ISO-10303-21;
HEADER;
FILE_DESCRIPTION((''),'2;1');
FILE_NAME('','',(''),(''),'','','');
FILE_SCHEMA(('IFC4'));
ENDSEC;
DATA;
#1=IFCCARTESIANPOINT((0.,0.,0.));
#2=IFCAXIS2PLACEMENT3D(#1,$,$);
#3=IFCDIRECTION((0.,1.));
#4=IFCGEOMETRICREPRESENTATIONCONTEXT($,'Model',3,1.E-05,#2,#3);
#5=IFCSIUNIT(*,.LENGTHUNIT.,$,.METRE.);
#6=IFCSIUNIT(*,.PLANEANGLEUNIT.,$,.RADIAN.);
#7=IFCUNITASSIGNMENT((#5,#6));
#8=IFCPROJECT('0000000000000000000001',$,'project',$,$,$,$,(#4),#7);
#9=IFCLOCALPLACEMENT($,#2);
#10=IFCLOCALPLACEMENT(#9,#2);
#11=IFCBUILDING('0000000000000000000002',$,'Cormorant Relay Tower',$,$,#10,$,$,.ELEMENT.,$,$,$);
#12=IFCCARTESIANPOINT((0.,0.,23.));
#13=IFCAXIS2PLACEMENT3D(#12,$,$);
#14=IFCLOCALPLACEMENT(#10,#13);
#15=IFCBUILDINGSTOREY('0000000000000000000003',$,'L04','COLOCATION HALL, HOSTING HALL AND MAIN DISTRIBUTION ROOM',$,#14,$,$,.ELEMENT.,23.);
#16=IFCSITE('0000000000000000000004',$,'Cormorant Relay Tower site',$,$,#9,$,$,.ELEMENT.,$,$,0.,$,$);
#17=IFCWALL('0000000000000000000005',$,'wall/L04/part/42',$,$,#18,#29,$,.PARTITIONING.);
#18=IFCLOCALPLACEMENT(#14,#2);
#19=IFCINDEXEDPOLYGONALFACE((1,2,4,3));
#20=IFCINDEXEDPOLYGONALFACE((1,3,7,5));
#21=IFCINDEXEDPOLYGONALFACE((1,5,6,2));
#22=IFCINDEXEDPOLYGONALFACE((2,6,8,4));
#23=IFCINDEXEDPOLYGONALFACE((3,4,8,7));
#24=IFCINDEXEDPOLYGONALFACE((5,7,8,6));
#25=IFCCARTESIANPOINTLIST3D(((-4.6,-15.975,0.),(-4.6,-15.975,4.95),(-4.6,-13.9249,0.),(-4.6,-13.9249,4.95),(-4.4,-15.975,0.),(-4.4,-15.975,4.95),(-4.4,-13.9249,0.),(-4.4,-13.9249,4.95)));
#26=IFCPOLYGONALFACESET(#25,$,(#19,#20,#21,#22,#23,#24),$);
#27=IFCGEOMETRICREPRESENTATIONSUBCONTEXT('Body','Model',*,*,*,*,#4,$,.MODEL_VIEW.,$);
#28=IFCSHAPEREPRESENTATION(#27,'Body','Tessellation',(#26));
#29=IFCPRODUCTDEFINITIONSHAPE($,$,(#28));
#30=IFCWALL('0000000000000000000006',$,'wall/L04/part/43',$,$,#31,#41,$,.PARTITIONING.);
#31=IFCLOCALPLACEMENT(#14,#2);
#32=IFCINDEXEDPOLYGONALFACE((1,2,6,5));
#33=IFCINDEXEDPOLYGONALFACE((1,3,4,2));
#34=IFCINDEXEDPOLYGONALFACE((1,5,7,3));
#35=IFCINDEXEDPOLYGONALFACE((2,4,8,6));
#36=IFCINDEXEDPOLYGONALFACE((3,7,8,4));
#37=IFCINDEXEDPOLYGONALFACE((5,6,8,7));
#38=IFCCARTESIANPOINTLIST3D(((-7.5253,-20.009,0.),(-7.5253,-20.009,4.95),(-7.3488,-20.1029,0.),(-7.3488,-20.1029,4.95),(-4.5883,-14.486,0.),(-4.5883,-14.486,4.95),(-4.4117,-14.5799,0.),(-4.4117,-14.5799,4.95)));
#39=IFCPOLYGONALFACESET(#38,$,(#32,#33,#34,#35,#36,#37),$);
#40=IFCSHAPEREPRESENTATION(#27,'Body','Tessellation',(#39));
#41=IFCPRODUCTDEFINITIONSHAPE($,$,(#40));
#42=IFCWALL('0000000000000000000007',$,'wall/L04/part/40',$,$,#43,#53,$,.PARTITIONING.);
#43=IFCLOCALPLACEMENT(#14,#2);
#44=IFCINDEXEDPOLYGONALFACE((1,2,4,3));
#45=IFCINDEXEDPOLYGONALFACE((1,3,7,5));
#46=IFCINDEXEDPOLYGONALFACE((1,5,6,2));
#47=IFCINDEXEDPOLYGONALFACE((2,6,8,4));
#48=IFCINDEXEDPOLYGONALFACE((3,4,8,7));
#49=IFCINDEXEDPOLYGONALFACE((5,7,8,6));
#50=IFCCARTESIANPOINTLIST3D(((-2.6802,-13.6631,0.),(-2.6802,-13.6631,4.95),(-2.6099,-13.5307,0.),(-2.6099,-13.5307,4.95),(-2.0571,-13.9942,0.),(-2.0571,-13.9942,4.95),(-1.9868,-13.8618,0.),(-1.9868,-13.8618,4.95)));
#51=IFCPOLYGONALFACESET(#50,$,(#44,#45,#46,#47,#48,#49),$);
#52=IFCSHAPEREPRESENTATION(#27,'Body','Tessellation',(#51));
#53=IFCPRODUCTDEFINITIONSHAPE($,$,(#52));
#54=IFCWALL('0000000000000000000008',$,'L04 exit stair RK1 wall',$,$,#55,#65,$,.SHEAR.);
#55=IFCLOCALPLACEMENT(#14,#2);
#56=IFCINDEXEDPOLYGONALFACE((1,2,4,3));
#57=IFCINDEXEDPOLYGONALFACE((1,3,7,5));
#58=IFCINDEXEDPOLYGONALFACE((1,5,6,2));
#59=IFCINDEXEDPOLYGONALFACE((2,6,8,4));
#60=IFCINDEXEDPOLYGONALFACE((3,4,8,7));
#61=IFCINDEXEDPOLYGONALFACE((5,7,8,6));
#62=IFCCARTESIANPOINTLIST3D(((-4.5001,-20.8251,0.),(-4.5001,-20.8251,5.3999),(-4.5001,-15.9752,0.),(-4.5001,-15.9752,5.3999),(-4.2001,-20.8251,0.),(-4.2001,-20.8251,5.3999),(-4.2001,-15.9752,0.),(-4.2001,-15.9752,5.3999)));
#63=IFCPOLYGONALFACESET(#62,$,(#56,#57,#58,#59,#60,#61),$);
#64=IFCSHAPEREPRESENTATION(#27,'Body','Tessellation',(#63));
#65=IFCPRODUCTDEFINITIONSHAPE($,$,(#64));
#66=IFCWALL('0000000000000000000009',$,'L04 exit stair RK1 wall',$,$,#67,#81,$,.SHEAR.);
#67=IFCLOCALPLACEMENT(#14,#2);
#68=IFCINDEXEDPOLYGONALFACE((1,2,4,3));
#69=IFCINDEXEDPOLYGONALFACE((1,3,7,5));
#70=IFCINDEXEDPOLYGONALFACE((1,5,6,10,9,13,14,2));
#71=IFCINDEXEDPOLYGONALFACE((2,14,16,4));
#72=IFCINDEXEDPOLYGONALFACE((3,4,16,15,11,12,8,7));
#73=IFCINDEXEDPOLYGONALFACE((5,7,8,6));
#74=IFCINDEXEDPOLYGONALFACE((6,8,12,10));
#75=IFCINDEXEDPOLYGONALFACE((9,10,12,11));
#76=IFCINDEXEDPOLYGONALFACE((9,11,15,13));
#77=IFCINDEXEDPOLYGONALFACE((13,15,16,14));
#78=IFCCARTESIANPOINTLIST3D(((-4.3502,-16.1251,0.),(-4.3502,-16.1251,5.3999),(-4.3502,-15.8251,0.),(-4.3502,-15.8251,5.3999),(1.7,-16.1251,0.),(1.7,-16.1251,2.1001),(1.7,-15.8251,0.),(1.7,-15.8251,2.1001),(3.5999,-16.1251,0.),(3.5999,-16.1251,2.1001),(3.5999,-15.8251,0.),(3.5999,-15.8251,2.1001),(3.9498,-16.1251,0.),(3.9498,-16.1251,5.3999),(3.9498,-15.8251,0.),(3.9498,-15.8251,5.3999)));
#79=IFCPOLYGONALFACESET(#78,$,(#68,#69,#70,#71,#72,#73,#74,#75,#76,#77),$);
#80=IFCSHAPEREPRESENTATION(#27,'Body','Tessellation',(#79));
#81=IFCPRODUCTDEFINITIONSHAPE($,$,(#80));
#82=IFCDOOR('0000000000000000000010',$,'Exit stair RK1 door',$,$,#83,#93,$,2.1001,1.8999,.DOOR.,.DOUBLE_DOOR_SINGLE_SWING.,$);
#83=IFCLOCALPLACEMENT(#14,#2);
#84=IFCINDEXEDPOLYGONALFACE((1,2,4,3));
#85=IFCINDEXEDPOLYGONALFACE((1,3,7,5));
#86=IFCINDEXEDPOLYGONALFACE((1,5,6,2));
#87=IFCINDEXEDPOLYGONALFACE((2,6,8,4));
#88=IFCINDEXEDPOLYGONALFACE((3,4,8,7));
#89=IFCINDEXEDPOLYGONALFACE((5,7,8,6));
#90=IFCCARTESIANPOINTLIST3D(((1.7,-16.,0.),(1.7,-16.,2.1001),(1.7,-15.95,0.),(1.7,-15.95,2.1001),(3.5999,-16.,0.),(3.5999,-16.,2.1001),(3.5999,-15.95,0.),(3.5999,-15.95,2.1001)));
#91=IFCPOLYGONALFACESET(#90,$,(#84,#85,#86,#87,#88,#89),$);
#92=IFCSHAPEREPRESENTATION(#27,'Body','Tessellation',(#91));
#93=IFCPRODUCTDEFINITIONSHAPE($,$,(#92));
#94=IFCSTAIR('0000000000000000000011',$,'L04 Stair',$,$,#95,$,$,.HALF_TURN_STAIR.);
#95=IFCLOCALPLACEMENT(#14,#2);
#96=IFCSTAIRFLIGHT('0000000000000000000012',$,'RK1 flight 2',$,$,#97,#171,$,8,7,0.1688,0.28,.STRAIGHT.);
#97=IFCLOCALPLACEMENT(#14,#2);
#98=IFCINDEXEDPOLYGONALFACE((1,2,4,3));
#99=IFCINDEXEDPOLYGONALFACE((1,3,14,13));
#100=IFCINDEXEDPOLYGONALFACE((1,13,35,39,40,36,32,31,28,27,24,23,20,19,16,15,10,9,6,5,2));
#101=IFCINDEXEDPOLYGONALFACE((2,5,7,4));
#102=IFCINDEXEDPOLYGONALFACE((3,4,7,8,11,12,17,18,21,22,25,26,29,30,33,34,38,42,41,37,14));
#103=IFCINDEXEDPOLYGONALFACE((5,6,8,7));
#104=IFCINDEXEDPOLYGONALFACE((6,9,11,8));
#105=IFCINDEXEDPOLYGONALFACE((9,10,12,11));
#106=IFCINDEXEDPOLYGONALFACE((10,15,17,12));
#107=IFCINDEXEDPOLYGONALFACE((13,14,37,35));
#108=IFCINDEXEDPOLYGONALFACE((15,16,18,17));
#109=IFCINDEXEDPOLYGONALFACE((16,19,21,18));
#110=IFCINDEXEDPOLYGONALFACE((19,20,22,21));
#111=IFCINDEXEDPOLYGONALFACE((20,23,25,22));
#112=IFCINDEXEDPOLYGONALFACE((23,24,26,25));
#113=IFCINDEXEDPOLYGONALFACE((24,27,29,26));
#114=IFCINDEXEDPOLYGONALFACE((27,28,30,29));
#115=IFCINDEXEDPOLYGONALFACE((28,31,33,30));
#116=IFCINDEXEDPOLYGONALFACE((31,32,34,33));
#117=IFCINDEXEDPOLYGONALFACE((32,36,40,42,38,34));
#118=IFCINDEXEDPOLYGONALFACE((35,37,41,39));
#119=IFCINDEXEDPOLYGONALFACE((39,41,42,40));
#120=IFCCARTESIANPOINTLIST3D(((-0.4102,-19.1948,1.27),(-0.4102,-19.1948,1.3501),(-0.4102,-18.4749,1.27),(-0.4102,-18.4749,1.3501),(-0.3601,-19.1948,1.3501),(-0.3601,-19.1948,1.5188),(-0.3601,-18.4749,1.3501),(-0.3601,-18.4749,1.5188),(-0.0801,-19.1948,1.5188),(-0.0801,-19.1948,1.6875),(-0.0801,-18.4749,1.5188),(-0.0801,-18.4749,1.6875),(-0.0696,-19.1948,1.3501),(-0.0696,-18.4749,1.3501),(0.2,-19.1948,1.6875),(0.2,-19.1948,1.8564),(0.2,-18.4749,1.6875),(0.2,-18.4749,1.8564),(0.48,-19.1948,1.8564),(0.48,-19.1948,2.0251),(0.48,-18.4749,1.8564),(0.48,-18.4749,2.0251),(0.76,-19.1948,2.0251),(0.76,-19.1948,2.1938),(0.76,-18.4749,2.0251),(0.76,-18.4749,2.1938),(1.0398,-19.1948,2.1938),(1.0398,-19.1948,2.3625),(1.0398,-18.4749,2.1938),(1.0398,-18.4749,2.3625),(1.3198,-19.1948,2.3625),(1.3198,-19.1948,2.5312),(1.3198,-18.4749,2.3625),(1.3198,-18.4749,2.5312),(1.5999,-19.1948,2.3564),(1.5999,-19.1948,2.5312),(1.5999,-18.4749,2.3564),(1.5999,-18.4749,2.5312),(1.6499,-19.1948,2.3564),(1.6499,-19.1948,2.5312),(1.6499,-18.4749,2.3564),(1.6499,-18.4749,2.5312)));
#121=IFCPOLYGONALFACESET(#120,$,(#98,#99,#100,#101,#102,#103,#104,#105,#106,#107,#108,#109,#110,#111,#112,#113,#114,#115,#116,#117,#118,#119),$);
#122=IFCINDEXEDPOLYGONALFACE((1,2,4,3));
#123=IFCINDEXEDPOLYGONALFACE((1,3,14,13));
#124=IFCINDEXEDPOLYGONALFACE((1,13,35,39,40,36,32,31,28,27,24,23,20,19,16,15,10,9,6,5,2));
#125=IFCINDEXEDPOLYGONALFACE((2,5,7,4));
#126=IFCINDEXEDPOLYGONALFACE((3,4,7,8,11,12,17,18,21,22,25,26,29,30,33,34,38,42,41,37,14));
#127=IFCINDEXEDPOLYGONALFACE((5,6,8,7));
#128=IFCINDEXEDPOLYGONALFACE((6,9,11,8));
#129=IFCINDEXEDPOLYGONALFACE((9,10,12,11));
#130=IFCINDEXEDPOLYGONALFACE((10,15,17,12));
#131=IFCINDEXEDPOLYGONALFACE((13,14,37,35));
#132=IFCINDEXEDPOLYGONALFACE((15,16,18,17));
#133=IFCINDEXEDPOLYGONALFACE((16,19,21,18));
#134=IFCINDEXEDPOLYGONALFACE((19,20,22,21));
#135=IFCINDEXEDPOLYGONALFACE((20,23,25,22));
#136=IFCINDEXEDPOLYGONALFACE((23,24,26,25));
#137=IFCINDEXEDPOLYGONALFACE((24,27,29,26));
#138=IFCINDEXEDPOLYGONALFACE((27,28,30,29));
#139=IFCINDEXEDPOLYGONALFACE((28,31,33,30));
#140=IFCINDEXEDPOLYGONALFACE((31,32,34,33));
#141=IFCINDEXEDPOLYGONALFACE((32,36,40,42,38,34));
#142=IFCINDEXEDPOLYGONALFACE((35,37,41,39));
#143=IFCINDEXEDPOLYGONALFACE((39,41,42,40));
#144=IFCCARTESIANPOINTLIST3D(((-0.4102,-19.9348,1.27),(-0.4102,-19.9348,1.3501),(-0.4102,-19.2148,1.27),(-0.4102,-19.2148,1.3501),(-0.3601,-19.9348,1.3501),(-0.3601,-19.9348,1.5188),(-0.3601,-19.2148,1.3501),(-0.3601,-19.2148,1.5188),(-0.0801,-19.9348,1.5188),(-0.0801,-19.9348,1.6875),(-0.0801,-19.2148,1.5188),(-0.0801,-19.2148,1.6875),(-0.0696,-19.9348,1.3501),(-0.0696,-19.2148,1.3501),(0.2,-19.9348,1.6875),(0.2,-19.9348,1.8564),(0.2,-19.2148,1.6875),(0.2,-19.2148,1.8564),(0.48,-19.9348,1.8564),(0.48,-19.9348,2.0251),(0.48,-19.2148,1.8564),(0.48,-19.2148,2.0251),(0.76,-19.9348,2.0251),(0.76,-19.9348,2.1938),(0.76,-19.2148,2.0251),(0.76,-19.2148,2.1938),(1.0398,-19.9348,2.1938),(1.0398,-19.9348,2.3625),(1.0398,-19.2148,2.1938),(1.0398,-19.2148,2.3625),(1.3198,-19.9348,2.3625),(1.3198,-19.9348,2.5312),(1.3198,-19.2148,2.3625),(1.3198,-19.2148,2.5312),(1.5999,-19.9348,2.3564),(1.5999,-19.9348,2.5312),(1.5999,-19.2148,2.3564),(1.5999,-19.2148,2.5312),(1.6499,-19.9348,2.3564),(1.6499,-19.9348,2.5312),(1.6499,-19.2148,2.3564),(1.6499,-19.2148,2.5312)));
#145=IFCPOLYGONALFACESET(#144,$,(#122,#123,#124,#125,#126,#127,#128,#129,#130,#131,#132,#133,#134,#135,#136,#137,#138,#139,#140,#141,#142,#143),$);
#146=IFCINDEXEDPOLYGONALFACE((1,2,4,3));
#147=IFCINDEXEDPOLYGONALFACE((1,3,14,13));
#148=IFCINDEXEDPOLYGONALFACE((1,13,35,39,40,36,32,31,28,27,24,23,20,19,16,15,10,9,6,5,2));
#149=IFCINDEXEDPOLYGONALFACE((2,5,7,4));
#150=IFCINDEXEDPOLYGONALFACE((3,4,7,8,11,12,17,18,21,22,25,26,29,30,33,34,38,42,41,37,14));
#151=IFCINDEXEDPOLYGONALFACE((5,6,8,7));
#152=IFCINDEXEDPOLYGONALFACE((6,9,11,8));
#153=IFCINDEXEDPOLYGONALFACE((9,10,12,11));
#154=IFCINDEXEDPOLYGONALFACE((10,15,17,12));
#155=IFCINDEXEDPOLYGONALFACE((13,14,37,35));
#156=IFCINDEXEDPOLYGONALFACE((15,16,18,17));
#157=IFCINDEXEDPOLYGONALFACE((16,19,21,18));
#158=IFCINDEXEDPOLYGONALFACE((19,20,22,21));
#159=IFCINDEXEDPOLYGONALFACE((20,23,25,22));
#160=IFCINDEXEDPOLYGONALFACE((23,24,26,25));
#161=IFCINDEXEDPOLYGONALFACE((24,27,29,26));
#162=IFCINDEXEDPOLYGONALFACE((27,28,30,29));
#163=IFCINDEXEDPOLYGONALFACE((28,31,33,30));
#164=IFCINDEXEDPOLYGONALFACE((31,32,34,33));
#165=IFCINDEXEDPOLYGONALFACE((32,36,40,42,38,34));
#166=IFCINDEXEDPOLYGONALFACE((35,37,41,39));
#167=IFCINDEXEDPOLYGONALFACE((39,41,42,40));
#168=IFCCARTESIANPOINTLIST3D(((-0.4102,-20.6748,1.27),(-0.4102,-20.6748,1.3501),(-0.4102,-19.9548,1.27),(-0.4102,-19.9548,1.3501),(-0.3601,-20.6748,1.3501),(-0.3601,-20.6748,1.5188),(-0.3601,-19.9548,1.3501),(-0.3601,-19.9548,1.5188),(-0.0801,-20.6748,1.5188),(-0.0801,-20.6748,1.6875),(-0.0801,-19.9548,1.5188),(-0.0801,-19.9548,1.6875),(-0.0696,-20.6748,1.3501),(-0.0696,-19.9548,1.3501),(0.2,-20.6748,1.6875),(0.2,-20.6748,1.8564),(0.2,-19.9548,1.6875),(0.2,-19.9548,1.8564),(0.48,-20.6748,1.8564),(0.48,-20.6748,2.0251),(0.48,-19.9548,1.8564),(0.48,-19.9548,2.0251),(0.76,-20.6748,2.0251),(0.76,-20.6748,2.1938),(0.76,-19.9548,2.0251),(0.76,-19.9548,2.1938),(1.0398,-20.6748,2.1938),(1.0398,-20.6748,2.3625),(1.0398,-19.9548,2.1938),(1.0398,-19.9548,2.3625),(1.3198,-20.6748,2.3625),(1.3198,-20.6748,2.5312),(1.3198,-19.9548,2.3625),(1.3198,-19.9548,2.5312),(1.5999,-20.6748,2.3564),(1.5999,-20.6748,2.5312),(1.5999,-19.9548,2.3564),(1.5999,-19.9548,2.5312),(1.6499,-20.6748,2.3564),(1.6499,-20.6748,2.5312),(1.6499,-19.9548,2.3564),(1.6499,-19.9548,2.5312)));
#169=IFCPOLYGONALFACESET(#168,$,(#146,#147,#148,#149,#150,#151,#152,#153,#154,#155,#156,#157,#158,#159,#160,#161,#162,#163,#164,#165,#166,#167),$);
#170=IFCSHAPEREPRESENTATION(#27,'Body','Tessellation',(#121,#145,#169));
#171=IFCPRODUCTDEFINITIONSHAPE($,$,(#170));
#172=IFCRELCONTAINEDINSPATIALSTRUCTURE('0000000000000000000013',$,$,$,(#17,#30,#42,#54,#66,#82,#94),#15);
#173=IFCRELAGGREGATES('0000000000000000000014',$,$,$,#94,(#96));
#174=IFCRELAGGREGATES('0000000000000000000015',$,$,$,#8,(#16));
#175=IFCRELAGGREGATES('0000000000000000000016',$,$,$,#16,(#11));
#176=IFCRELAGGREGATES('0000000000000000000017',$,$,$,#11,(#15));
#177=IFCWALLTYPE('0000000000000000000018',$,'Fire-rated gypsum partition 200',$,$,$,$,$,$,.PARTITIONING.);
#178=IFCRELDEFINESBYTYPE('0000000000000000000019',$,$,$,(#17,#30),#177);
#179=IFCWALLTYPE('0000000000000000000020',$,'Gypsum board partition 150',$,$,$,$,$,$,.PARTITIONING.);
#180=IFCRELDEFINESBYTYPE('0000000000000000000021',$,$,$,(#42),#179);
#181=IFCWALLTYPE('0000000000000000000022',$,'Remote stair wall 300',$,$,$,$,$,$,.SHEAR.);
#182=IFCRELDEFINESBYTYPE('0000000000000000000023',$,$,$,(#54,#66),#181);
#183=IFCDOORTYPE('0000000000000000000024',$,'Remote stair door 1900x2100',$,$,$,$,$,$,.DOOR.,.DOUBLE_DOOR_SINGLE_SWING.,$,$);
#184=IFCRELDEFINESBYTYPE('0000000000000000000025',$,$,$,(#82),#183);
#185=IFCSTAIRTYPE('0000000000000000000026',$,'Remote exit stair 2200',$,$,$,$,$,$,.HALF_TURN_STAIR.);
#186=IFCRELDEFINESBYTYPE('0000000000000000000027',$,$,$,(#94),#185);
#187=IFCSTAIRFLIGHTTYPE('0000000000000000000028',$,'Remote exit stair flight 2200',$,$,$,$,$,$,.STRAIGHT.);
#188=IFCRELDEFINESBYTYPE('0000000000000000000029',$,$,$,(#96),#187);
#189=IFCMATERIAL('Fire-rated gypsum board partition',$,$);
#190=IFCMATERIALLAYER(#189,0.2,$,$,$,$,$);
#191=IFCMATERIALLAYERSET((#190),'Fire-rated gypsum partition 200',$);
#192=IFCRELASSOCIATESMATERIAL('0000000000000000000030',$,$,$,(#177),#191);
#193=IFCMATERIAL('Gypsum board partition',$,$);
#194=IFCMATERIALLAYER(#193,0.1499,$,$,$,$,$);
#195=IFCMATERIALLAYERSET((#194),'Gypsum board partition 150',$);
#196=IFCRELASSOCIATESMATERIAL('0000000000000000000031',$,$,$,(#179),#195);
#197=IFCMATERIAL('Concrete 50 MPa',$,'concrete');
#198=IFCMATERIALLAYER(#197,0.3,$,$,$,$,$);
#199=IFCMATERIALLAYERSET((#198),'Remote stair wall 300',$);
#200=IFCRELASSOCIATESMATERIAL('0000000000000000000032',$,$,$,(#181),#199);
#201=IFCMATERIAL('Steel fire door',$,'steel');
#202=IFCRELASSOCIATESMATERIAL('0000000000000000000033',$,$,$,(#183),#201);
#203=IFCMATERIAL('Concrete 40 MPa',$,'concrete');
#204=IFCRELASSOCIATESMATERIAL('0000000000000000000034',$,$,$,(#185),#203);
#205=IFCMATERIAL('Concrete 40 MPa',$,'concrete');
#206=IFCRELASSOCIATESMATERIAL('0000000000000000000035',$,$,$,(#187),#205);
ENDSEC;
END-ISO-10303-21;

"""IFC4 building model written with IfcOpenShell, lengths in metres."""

from ifc_helpers import new_model, si_unit, direction, frame, frame_2d, origin, place, context, subcontext, project, spatial, polyline, rectangle, outline, extrude, material, layer, layer_set, type_object, element, fill, aggregate, save


model = new_model("IFC4")

# Units and contexts
model_context = context("Model", 3, precision=1e-05, world=origin(), true_north=direction((0.0, 1.0)))
body_context = subcontext(model_context, "Body", "Model", "MODEL_VIEW")
ifc_project = project(units=[si_unit("LENGTHUNIT", "METRE"), si_unit("PLANEANGLEUNIT", "RADIAN")], contexts=[model_context])

# Site, building, storey
site_placement = place(None, origin())
site = spatial("IfcSite", under=ifc_project, at=site_placement, Name="Cormorant Relay Tower site", CompositionType="ELEMENT", RefElevation=0.0)
building_placement = place(site_placement, origin())
building = spatial("IfcBuilding", under=site, at=building_placement, Name="Cormorant Relay Tower", CompositionType="ELEMENT")
storey_placement = place(building_placement, frame((0.0, 0.0, 23.0)))
storey = spatial("IfcBuildingStorey", under=building, at=storey_placement, Name="L04", Description="COLOCATION HALL, HOSTING HALL AND MAIN DISTRIBUTION ROOM", CompositionType="ELEMENT", Elevation=23.0)

# Shared definitions
ifc_material_1 = material(Name="Fire-rated gypsum board partition")
ifc_layer_1 = layer(ifc_material_1, 0.2)
ifc_layer_set_1 = layer_set([ifc_layer_1], Name="Fire-rated gypsum partition 200")
wall_type_1 = type_object("IfcWallType", Name="Fire-rated gypsum partition 200", PredefinedType="PARTITIONING", material=ifc_layer_set_1)

# Walls
wall_1_placement = place(storey_placement, frame((-4.5, -13.925, 0.0), z_axis=(0.0, 0.0, 1.0), x_axis=(0.0, -1.0, 0.0)))
element("IfcWall", 1, at=wall_1_placement, inside=storey, type_object=wall_type_1, Name="wall/L04/part/42", PredefinedType="PARTITIONING", context=body_context, shape_type="SweptSolid", body=[
    extrude(rectangle(XDim=2.05, YDim=0.2, at=frame_2d((1.0249, 0.0))), origin(), (0.0, 0.0, 1.0), 4.95),
])
wall_2_placement = place(storey_placement, frame((-4.5, -14.533, 0.0), z_axis=(0.0, 0.0, 1.0), x_axis=(-0.469522, -0.882921, 0.0)))
element("IfcWall", 2, at=wall_2_placement, inside=storey, type_object=wall_type_1, Name="wall/L04/part/43", PredefinedType="PARTITIONING", context=body_context, shape_type="SweptSolid", body=[
    extrude(rectangle(XDim=6.2554, YDim=0.2, at=frame_2d((3.1277, 0.0))), origin(), (0.0, 0.0, 1.0), 4.95),
])
ifc_material_2 = material(Name="Gypsum board partition")
ifc_layer_2 = layer(ifc_material_2, 0.1499)
ifc_layer_set_2 = layer_set([ifc_layer_2], Name="Gypsum board partition 150")
wall_type_2 = type_object("IfcWallType", Name="Gypsum board partition 150", PredefinedType="PARTITIONING", material=ifc_layer_set_2)
wall_3_placement = place(storey_placement, frame((-2.645, -13.5969, 0.0), z_axis=(0.0, 0.0, 1.0), x_axis=(0.88308, -0.469223, 0.0)))
element("IfcWall", 3, at=wall_3_placement, inside=storey, type_object=wall_type_2, Name="wall/L04/part/40", PredefinedType="PARTITIONING", context=body_context, shape_type="SweptSolid", body=[
    extrude(rectangle(XDim=0.7056, YDim=0.1499, at=frame_2d((0.3528, 0.0))), origin(), (0.0, 0.0, 1.0), 4.95),
])
ifc_material_3 = material(Name="Concrete 50 MPa", Category="concrete")
ifc_layer_3 = layer(ifc_material_3, 0.3)
ifc_layer_set_3 = layer_set([ifc_layer_3], Name="Remote stair wall 300")
wall_type_3 = type_object("IfcWallType", Name="Remote stair wall 300", PredefinedType="SHEAR", material=ifc_layer_set_3)
wall_4_placement = place(storey_placement, frame((-4.3501, -20.825, 0.0), z_axis=(0.0, 0.0, 1.0), x_axis=(0.0, 1.0, 0.0)))
element("IfcWall", 4, at=wall_4_placement, inside=storey, type_object=wall_type_3, Name="L04 exit stair RK1 wall", PredefinedType="SHEAR", context=body_context, shape_type="SweptSolid", body=[
    extrude(rectangle(XDim=4.8499, YDim=0.3, at=frame_2d((2.4248, 0.0))), origin(), (0.0, 0.0, 1.0), 5.3999),
])

# Wall, opening, door
wall_5_placement = place(storey_placement, frame((-4.3501, -15.9751, 0.0), z_axis=(0.0, 0.0, 1.0), x_axis=(1.0, 0.0, 0.0)))
wall_5 = element("IfcWall", 5, at=wall_5_placement, inside=storey, type_object=wall_type_3, Name="L04 exit stair RK1 wall", PredefinedType="SHEAR", context=body_context, shape_type="SweptSolid", body=[
    extrude(rectangle(XDim=8.3, YDim=0.3, at=frame_2d((4.1499, 0.0))), origin(), (0.0, 0.0, 1.0), 5.3999),
])
opening_1_placement = place(wall_5_placement, frame((6.05, 0.0, 0.0)))
opening_1 = element("IfcOpeningElement", 6, at=opening_1_placement, cuts=wall_5, PredefinedType="OPENING", context=body_context, shape_type="SweptSolid", body=[
    extrude(rectangle(XDim=1.8999, YDim=2.1001, at=frame_2d((0.95, 1.05))), frame((0.0, 0.1599, 0.0), z_axis=(0.0, -1.0, 0.0), x_axis=(1.0, 0.0, 0.0)), (0.0, 0.0, 1.0), 0.3201),
])
ifc_material_4 = material(Name="Steel fire door", Category="steel")
door_type_1 = type_object("IfcDoorType", Name="Remote stair door 1900x2100", OperationType="DOUBLE_DOOR_SINGLE_SWING", PredefinedType="DOOR", material=ifc_material_4)
door_1_placement = place(opening_1_placement, frame((1.8999, 0.0, 0.0), z_axis=(0.0, 0.0, 1.0), x_axis=(-1.0, 0.0, 0.0)))
door_1 = element("IfcDoor", 7, at=door_1_placement, inside=storey, type_object=door_type_1, Name="Exit stair RK1 door", OperationType="DOUBLE_DOOR_SINGLE_SWING", OverallHeight=2.1001, OverallWidth=1.8999, PredefinedType="DOOR", context=body_context, shape_type="SweptSolid", body=[
    extrude(rectangle(XDim=1.8999, YDim=2.1001, at=frame_2d((0.95, 1.05))), frame((0.0, 0.0249, 0.0), z_axis=(0.0, -1.0, 0.0), x_axis=(1.0, 0.0, 0.0)), (0.0, 0.0, 1.0), 0.05),
])
fill(opening_1, door_1)

# Stair, stair flight
ifc_material_5 = material(Name="Concrete 40 MPa", Category="concrete")
stair_type = type_object("IfcStairType", Name="Remote exit stair 2200", PredefinedType="HALF_TURN_STAIR", material=ifc_material_5)
stair_placement = place(storey_placement, origin())
stair = element("IfcStair", 8, at=stair_placement, inside=storey, type_object=stair_type, Name="L04 Stair", PredefinedType="HALF_TURN_STAIR")
ifc_material_6 = material(Name="Concrete 40 MPa", Category="concrete")
stair_flight_type = type_object("IfcStairFlightType", Name="Remote exit stair flight 2200", PredefinedType="STRAIGHT", material=ifc_material_6)
stair_flight_1_placement = place(storey_placement, frame((-0.3601, -19.575, 1.3501), z_axis=(0.0, 0.0, 1.0), x_axis=(1.0, 0.0, 0.0)))
stair_flight_1 = element("IfcStairFlight", 9, at=stair_flight_1_placement, type_object=stair_flight_type, Name="RK1 flight 2", NumberOfRisers=8, NumberOfTreads=7, PredefinedType="STRAIGHT", RiserHeight=0.1688, TreadLength=0.28, context=body_context, shape_type="SweptSolid", body=[
    extrude(outline(polyline([(-0.05, -0.0801), (-0.05, 0.0), (0.0, 0.0), (0.0, 0.1687), (0.28, 0.1687), (0.28, 0.3374), (0.5601, 0.3374), (0.5601, 0.5063), (0.8401, 0.5063), (0.8401, 0.675), (1.1201, 0.675), (1.1201, 0.8438), (1.3999, 0.8438), (1.3999, 1.0125), (1.6799, 1.0125), (1.6799, 1.1812), (1.96, 1.1812), (2.01, 1.1812), (2.01, 1.0063), (1.96, 1.0063), (0.2905, 0.0), (-0.05, -0.0801)])), frame((0.0, 1.1001, 0.0), z_axis=(0.0, -1.0, 0.0), x_axis=(1.0, 0.0, 0.0)), (0.0, 0.0, 1.0), 0.72),
    extrude(outline(polyline([(-0.05, -0.0801), (-0.05, 0.0), (0.0, 0.0), (0.0, 0.1687), (0.28, 0.1687), (0.28, 0.3374), (0.5601, 0.3374), (0.5601, 0.5063), (0.8401, 0.5063), (0.8401, 0.675), (1.1201, 0.675), (1.1201, 0.8438), (1.3999, 0.8438), (1.3999, 1.0125), (1.6799, 1.0125), (1.6799, 1.1812), (1.96, 1.1812), (2.01, 1.1812), (2.01, 1.0063), (1.96, 1.0063), (0.2905, 0.0), (-0.05, -0.0801)])), frame((0.0, 0.3601, 0.0), z_axis=(0.0, -1.0, 0.0), x_axis=(1.0, 0.0, 0.0)), (0.0, 0.0, 1.0), 0.72),
    extrude(outline(polyline([(-0.05, -0.0801), (-0.05, 0.0), (0.0, 0.0), (0.0, 0.1687), (0.28, 0.1687), (0.28, 0.3374), (0.5601, 0.3374), (0.5601, 0.5063), (0.8401, 0.5063), (0.8401, 0.675), (1.1201, 0.675), (1.1201, 0.8438), (1.3999, 0.8438), (1.3999, 1.0125), (1.6799, 1.0125), (1.6799, 1.1812), (1.96, 1.1812), (2.01, 1.1812), (2.01, 1.0063), (1.96, 1.0063), (0.2905, 0.0), (-0.05, -0.0801)])), frame((0.0, -0.3799, 0.0), z_axis=(0.0, -1.0, 0.0), x_axis=(1.0, 0.0, 0.0)), (0.0, 0.0, 1.0), 0.72),
])
aggregate(stair, [stair_flight_1])

save(model, "model.ifc")
